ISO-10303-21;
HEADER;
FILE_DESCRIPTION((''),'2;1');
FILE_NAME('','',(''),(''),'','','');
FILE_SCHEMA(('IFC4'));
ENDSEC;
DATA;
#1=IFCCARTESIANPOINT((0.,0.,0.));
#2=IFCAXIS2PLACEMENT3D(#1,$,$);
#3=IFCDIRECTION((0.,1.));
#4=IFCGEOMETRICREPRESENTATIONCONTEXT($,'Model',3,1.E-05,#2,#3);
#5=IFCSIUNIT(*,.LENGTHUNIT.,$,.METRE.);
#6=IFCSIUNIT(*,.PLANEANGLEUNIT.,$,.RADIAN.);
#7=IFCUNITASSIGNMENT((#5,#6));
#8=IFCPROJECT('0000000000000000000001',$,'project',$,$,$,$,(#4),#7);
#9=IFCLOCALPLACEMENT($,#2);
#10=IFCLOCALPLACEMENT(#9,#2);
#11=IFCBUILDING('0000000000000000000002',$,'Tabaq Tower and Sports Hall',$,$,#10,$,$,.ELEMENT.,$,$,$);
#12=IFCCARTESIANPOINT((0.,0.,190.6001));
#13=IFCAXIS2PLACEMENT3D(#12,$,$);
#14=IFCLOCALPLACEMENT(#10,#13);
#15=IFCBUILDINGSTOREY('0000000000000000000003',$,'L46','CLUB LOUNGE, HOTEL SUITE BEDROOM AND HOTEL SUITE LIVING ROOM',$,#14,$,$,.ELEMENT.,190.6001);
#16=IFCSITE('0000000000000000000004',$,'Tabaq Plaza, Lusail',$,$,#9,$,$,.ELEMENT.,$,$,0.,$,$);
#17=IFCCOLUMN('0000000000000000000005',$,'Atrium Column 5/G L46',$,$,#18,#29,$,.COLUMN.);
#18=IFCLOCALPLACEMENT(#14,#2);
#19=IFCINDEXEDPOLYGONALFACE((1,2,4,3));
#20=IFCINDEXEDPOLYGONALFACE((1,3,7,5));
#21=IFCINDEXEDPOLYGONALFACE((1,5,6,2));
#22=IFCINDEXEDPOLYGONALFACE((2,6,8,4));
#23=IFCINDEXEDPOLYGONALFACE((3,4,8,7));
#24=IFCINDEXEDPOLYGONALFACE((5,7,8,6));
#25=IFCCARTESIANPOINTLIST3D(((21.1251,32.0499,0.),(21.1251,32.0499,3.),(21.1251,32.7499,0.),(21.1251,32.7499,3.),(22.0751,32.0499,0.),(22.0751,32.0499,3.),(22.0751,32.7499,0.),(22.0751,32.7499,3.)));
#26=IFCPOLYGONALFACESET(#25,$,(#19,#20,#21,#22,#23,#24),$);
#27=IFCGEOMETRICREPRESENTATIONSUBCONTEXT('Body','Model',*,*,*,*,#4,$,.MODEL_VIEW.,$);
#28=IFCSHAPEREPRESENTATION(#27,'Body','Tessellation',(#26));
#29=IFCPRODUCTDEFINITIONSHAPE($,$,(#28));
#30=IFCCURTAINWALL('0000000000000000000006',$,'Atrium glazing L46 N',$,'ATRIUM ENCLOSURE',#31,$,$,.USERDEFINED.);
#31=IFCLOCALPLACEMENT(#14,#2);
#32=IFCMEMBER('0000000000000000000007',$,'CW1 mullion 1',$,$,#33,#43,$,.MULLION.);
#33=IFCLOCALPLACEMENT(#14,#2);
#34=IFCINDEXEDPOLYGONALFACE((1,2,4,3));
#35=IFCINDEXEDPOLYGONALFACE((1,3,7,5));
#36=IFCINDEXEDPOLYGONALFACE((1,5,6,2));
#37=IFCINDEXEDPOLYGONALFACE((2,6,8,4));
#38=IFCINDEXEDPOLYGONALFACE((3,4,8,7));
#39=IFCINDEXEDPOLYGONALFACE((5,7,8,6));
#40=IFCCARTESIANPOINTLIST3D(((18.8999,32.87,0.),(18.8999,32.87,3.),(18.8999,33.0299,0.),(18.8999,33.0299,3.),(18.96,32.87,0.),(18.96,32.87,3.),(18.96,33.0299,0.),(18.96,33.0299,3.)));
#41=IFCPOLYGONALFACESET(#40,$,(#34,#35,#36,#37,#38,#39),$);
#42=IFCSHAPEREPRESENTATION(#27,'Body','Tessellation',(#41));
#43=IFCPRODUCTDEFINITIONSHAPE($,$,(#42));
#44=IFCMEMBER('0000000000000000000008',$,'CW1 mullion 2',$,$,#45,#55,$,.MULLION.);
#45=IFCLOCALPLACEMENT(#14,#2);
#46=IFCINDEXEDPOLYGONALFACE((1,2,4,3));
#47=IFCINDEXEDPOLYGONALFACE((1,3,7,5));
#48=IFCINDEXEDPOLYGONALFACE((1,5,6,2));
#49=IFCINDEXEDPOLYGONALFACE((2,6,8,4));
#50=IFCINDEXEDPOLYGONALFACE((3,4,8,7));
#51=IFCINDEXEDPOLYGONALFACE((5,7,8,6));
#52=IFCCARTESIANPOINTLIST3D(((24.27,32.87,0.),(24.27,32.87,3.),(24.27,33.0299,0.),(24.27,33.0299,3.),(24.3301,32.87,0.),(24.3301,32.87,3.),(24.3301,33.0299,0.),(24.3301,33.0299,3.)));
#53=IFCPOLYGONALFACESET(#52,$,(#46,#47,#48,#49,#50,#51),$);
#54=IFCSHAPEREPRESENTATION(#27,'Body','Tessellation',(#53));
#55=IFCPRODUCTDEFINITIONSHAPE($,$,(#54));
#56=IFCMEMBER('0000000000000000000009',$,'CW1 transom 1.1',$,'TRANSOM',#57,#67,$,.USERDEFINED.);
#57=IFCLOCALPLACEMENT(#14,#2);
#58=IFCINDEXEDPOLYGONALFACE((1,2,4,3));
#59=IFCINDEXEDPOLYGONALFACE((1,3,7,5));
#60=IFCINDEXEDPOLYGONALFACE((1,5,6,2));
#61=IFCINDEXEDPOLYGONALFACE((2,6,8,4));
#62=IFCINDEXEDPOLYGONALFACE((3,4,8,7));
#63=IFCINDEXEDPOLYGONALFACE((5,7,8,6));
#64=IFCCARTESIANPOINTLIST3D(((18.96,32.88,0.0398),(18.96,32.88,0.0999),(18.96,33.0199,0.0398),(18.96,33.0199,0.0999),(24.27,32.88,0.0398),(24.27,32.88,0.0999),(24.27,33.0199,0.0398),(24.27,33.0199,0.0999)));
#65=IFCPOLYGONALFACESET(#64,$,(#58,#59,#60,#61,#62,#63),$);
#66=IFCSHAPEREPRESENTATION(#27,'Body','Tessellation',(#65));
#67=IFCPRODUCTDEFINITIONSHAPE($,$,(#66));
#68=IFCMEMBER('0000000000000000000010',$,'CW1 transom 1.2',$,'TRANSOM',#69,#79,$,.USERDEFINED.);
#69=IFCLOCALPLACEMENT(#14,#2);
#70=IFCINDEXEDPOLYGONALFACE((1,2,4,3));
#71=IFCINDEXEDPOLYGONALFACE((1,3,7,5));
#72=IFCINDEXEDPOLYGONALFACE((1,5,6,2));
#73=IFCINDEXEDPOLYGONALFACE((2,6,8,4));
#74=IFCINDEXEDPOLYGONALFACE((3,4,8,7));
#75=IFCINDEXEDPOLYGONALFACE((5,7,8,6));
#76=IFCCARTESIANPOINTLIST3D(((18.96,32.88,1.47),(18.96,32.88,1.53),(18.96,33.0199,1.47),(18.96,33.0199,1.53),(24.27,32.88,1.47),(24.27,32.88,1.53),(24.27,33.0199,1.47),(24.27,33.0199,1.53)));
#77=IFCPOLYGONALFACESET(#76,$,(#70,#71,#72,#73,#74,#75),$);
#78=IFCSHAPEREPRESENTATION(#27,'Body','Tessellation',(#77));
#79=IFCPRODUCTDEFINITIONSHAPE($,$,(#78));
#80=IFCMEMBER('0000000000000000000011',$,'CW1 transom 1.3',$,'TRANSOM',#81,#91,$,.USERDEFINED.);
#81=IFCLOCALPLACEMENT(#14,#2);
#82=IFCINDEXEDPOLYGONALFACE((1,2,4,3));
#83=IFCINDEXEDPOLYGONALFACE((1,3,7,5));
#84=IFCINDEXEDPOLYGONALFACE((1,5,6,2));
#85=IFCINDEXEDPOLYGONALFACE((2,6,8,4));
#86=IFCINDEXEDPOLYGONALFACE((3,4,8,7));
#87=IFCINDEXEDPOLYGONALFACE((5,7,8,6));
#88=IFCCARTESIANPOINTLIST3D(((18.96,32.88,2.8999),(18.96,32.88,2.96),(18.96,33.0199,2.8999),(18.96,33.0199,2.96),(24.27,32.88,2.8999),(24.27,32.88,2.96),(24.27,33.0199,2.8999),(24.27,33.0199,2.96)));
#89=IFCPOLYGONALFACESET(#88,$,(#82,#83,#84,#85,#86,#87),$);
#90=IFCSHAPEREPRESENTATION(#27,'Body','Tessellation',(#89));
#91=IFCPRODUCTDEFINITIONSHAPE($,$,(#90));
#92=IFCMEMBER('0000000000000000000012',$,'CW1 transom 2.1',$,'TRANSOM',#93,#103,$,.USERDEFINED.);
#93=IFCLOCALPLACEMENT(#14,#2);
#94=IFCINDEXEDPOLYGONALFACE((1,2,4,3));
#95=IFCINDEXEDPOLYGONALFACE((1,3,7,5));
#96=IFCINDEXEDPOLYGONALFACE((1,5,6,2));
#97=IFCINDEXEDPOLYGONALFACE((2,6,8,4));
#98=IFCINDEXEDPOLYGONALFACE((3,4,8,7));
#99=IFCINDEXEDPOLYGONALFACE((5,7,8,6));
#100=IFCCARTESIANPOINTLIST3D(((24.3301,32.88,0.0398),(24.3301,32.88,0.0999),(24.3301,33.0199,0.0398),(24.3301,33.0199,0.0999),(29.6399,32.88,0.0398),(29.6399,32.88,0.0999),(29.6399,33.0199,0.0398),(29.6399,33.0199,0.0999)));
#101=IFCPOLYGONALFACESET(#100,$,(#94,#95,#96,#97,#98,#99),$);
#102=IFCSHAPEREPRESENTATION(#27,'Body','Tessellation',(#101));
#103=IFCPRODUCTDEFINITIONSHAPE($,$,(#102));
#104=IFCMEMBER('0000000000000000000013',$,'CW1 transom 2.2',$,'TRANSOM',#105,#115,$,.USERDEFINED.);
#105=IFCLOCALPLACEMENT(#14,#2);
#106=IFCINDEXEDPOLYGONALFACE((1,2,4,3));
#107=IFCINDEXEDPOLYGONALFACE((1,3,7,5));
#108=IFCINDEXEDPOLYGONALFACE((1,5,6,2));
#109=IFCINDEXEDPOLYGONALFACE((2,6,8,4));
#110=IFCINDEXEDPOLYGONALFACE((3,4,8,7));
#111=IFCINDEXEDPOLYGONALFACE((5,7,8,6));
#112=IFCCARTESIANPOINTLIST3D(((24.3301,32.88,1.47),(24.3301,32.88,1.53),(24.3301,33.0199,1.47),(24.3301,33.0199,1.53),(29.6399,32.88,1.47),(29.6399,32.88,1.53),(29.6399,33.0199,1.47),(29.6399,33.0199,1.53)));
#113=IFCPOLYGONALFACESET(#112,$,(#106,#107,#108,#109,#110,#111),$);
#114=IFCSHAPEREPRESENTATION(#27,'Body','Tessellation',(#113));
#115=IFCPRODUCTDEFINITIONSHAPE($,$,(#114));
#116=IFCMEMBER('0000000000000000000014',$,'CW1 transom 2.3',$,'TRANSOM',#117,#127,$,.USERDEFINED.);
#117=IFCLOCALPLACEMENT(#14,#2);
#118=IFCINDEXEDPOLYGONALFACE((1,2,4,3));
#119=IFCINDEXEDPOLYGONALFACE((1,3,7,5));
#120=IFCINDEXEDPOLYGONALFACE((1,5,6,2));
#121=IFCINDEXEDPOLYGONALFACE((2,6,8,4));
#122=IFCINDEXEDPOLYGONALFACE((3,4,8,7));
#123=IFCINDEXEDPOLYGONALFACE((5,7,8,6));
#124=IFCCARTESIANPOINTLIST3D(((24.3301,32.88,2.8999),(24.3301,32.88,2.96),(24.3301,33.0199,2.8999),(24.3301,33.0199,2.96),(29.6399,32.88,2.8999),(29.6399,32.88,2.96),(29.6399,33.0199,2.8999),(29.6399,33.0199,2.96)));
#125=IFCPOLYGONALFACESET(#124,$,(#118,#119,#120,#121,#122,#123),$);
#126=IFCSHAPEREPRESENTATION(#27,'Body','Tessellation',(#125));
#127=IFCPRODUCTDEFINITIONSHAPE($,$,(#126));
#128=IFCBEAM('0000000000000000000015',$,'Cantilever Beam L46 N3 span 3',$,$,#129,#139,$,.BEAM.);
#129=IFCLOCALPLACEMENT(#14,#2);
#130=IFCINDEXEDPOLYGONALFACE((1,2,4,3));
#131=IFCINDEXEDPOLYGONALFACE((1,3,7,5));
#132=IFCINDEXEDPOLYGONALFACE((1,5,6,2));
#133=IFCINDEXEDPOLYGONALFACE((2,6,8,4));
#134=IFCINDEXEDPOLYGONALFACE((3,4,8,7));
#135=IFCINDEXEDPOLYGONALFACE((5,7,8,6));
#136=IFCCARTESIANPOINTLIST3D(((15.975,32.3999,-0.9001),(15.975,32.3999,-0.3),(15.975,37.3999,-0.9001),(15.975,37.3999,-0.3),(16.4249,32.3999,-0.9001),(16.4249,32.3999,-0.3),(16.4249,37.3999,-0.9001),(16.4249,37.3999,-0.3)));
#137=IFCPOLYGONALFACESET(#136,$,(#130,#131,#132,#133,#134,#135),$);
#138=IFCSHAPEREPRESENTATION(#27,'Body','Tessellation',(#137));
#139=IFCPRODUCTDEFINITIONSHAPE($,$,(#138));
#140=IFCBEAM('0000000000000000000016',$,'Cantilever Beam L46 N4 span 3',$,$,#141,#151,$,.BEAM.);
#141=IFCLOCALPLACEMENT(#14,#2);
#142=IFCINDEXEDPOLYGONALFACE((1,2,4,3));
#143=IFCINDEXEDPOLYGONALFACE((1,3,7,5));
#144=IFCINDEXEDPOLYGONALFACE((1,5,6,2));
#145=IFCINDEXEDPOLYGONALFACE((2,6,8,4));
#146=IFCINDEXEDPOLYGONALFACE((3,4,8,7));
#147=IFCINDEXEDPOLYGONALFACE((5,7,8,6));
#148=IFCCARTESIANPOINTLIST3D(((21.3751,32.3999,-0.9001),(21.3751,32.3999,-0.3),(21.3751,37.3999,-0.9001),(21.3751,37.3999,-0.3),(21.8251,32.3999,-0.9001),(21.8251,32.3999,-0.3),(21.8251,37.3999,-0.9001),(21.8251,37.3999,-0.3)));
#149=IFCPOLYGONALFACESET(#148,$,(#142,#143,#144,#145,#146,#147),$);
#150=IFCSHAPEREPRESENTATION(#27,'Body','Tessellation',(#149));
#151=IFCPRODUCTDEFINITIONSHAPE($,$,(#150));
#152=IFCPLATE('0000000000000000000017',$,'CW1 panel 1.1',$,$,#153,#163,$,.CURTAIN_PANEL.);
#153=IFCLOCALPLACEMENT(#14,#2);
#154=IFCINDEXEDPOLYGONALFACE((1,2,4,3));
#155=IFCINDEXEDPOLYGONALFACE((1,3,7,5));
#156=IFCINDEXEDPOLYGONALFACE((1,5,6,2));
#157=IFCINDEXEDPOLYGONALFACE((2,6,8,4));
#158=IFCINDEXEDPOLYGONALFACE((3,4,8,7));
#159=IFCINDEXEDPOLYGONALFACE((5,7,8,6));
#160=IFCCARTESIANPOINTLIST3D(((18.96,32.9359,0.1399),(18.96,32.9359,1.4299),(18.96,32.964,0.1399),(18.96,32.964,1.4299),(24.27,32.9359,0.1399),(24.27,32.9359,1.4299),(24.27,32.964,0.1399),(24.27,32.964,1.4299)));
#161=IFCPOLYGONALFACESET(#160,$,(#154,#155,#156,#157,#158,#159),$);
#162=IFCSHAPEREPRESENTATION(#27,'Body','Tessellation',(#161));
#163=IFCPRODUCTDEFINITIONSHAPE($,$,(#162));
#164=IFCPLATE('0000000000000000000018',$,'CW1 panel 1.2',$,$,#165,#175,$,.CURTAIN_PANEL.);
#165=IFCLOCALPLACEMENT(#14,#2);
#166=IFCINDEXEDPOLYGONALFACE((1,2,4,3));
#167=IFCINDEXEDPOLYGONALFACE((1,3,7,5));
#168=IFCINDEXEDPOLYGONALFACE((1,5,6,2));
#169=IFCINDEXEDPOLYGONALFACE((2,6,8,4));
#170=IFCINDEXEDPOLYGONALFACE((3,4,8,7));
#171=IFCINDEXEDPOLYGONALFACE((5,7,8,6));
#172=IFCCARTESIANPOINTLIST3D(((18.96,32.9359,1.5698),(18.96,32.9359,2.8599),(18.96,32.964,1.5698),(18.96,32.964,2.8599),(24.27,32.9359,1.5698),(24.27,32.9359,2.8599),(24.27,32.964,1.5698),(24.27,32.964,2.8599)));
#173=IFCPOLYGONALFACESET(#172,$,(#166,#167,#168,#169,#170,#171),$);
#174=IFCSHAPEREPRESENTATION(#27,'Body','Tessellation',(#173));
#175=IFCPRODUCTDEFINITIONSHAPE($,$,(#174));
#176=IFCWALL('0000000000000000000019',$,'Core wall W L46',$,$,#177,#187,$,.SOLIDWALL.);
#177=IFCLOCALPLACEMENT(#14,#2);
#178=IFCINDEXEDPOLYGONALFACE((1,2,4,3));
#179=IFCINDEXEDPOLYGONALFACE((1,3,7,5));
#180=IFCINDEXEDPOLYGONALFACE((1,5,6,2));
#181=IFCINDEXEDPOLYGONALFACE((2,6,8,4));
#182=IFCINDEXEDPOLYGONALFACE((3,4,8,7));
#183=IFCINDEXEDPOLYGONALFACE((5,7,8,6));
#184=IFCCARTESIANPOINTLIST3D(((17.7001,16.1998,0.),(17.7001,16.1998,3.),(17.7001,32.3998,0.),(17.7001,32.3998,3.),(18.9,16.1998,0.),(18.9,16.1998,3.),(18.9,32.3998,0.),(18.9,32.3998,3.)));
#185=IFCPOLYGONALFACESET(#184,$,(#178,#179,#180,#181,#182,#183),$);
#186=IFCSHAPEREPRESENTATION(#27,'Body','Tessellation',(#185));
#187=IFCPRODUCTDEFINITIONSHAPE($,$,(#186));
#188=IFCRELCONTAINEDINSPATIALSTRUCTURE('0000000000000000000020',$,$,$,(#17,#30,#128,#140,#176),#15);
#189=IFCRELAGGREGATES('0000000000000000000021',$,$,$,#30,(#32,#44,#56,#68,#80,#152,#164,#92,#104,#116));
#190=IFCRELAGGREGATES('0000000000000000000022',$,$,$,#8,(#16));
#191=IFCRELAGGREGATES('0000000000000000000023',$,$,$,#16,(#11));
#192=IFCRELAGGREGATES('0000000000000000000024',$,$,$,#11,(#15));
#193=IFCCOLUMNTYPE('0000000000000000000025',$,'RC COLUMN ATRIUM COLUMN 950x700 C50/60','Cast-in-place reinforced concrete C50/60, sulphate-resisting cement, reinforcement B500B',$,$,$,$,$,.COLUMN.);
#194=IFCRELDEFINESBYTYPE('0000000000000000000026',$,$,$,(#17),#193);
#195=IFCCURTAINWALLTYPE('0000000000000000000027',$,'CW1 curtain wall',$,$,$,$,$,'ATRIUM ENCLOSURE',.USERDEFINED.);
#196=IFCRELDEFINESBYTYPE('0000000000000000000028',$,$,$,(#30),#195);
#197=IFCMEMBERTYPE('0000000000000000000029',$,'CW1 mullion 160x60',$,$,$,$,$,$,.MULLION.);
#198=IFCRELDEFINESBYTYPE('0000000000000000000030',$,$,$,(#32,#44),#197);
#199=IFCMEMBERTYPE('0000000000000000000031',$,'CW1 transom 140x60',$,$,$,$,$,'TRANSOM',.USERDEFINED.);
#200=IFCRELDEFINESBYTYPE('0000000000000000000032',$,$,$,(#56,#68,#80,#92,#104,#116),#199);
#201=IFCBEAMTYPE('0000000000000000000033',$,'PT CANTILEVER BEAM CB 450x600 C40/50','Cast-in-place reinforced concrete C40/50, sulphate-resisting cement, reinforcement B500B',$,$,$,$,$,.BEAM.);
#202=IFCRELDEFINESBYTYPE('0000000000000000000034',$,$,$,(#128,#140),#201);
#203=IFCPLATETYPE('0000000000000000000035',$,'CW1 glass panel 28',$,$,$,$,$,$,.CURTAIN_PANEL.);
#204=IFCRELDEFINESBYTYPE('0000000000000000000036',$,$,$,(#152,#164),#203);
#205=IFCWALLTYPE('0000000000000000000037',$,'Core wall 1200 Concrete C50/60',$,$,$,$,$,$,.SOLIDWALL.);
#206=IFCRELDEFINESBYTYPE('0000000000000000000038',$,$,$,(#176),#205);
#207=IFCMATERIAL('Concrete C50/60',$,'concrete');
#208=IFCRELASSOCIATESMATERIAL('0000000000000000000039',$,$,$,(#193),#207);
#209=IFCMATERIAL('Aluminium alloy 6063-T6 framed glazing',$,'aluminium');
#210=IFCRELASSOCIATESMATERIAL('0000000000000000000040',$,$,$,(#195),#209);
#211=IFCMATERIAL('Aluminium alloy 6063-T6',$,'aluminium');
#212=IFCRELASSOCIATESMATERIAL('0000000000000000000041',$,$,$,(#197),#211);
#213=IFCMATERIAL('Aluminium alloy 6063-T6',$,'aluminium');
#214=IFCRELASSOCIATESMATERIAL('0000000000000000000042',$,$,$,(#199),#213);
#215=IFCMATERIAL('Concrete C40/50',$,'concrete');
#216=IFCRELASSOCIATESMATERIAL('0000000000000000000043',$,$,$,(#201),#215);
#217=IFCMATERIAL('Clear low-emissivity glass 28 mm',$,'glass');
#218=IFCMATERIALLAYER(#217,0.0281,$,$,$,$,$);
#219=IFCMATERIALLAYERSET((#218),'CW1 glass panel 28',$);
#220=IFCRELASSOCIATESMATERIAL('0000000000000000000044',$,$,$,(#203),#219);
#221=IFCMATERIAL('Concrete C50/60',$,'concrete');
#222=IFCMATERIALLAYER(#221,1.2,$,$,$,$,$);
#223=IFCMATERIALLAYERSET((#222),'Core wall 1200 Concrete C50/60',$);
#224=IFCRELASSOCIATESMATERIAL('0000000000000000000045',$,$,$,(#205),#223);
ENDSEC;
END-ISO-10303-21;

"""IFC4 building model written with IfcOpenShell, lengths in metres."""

from ifc_helpers import new_model, si_unit, direction, frame, frame_2d, origin, origin_2d, place, context, subcontext, project, spatial, rectangle, extrude, material, layer, layer_set, material_profile, profile_set, type_object, element, aggregate, save


model = new_model("IFC4")

# Units and contexts
model_context = context("Model", 3, precision=1e-05, world=origin(), true_north=direction((0.0, 1.0)))
body_context = subcontext(model_context, "Body", "Model", "MODEL_VIEW")
ifc_project = project(units=[si_unit("LENGTHUNIT", "METRE"), si_unit("PLANEANGLEUNIT", "RADIAN")], contexts=[model_context])

# Site, building, storey
site_placement = place(None, origin())
site = spatial("IfcSite", under=ifc_project, at=site_placement, Name="Tabaq Plaza, Lusail", CompositionType="ELEMENT", RefElevation=0.0)
building_placement = place(site_placement, origin())
building = spatial("IfcBuilding", under=site, at=building_placement, Name="Tabaq Tower and Sports Hall", CompositionType="ELEMENT")
storey_placement = place(building_placement, frame((0.0, 0.0, 190.6001)))
storey = spatial("IfcBuildingStorey", under=building, at=storey_placement, Name="L46", Description="CLUB LOUNGE, HOTEL SUITE BEDROOM AND HOTEL SUITE LIVING ROOM", CompositionType="ELEMENT", Elevation=190.6001)

# Column
ifc_material_1 = material(Name="Concrete C50/60", Category="concrete")
ifc_material_profile_1 = material_profile(ifc_material_1, rectangle(XDim=0.95, YDim=0.7, at=origin_2d()), Name="ATRIUM COLUMN 950x700")
ifc_profile_set_1 = profile_set([ifc_material_profile_1], Name="Concrete C50/60")
column_type = type_object("IfcColumnType", Name="RC COLUMN ATRIUM COLUMN 950x700 C50/60", Description="Cast-in-place reinforced concrete C50/60, sulphate-resisting cement, reinforcement B500B", PredefinedType="COLUMN", material=ifc_profile_set_1)
column_placement = place(storey_placement, frame((21.6001, 32.3999, 0.0), z_axis=(0.0, 0.0, 1.0), x_axis=(1.0, 0.0, 0.0)))
element("IfcColumn", 1, at=column_placement, inside=storey, type_object=column_type, Name="Atrium Column 5/G L46", PredefinedType="COLUMN", context=body_context, shape_type="SweptSolid", body=[
    extrude(rectangle(XDim=0.95, YDim=0.7, at=origin_2d()), origin(), (0.0, 0.0, 1.0), 3.0),
])

# Curtain wall, members
ifc_material_2 = material(Name="Aluminium alloy 6063-T6 framed glazing", Category="aluminium")
curtain_wall_type = type_object("IfcCurtainWallType", Name="CW1 curtain wall", ElementType="ATRIUM ENCLOSURE", PredefinedType="USERDEFINED", material=ifc_material_2)
curtain_wall_placement = place(storey_placement, origin())
curtain_wall = element("IfcCurtainWall", 2, at=curtain_wall_placement, inside=storey, type_object=curtain_wall_type, Name="Atrium glazing L46 N", ObjectType="ATRIUM ENCLOSURE", PredefinedType="USERDEFINED")
ifc_material_3 = material(Name="Aluminium alloy 6063-T6", Category="aluminium")
ifc_material_profile_2 = material_profile(ifc_material_3, rectangle(XDim=0.1599, YDim=0.0601, at=origin_2d()), Name="MULLION 160x60")
ifc_profile_set_2 = profile_set([ifc_material_profile_2], Name="Aluminium alloy 6063-T6")
member_type_1 = type_object("IfcMemberType", Name="CW1 mullion 160x60", PredefinedType="MULLION", material=ifc_profile_set_2)
member_1_placement = place(storey_placement, frame((18.9299, 32.95, 0.0), z_axis=(0.0, 0.0, 1.0), x_axis=(0.0, 1.0, 0.0)))
member_1 = element("IfcMember", 3, at=member_1_placement, type_object=member_type_1, Name="CW1 mullion 1", PredefinedType="MULLION", context=body_context, shape_type="SweptSolid", body=[
    extrude(rectangle(XDim=0.1599, YDim=0.0601, at=origin_2d()), origin(), (0.0, 0.0, 1.0), 3.0),
])
member_2_placement = place(storey_placement, frame((24.3, 32.95, 0.0), z_axis=(0.0, 0.0, 1.0), x_axis=(0.0, 1.0, 0.0)))
member_2 = element("IfcMember", 4, at=member_2_placement, type_object=member_type_1, Name="CW1 mullion 2", PredefinedType="MULLION", context=body_context, shape_type="SweptSolid", body=[
    extrude(rectangle(XDim=0.1599, YDim=0.0601, at=origin_2d()), origin(), (0.0, 0.0, 1.0), 3.0),
])
ifc_material_4 = material(Name="Aluminium alloy 6063-T6", Category="aluminium")
ifc_material_profile_3 = material_profile(ifc_material_4, rectangle(XDim=0.1399, YDim=0.0601, at=origin_2d()), Name="TRANSOM 140x60")
ifc_profile_set_3 = profile_set([ifc_material_profile_3], Name="Aluminium alloy 6063-T6")
member_type_2 = type_object("IfcMemberType", Name="CW1 transom 140x60", ElementType="TRANSOM", PredefinedType="USERDEFINED", material=ifc_profile_set_3)
member_3_placement = place(storey_placement, frame((18.96, 32.95, 0.0698), z_axis=(1.0, 0.0, 0.0), x_axis=(0.0, 1.0, 0.0)))
member_3 = element("IfcMember", 5, at=member_3_placement, type_object=member_type_2, Name="CW1 transom 1.1", ObjectType="TRANSOM", PredefinedType="USERDEFINED", context=body_context, shape_type="SweptSolid", body=[
    extrude(rectangle(XDim=0.1399, YDim=0.0601, at=origin_2d()), origin(), (0.0, 0.0, 1.0), 5.3101),
])
member_4_placement = place(storey_placement, frame((18.96, 32.95, 1.5), z_axis=(1.0, 0.0, 0.0), x_axis=(0.0, 1.0, 0.0)))
member_4 = element("IfcMember", 6, at=member_4_placement, type_object=member_type_2, Name="CW1 transom 1.2", ObjectType="TRANSOM", PredefinedType="USERDEFINED", context=body_context, shape_type="SweptSolid", body=[
    extrude(rectangle(XDim=0.1399, YDim=0.0601, at=origin_2d()), origin(), (0.0, 0.0, 1.0), 5.3101),
])
member_5_placement = place(storey_placement, frame((18.96, 32.95, 2.9299), z_axis=(1.0, 0.0, 0.0), x_axis=(0.0, 1.0, 0.0)))
member_5 = element("IfcMember", 7, at=member_5_placement, type_object=member_type_2, Name="CW1 transom 1.3", ObjectType="TRANSOM", PredefinedType="USERDEFINED", context=body_context, shape_type="SweptSolid", body=[
    extrude(rectangle(XDim=0.1399, YDim=0.0601, at=origin_2d()), origin(), (0.0, 0.0, 1.0), 5.3101),
])
member_6_placement = place(storey_placement, frame((24.3301, 32.95, 0.0698), z_axis=(1.0, 0.0, 0.0), x_axis=(0.0, 1.0, 0.0)))
member_6 = element("IfcMember", 8, at=member_6_placement, type_object=member_type_2, Name="CW1 transom 2.1", ObjectType="TRANSOM", PredefinedType="USERDEFINED", context=body_context, shape_type="SweptSolid", body=[
    extrude(rectangle(XDim=0.1399, YDim=0.0601, at=origin_2d()), origin(), (0.0, 0.0, 1.0), 5.3098),
])
member_7_placement = place(storey_placement, frame((24.3301, 32.95, 1.5), z_axis=(1.0, 0.0, 0.0), x_axis=(0.0, 1.0, 0.0)))
member_7 = element("IfcMember", 9, at=member_7_placement, type_object=member_type_2, Name="CW1 transom 2.2", ObjectType="TRANSOM", PredefinedType="USERDEFINED", context=body_context, shape_type="SweptSolid", body=[
    extrude(rectangle(XDim=0.1399, YDim=0.0601, at=origin_2d()), origin(), (0.0, 0.0, 1.0), 5.3098),
])
member_8_placement = place(storey_placement, frame((24.3301, 32.95, 2.9299), z_axis=(1.0, 0.0, 0.0), x_axis=(0.0, 1.0, 0.0)))
member_8 = element("IfcMember", 10, at=member_8_placement, type_object=member_type_2, Name="CW1 transom 2.3", ObjectType="TRANSOM", PredefinedType="USERDEFINED", context=body_context, shape_type="SweptSolid", body=[
    extrude(rectangle(XDim=0.1399, YDim=0.0601, at=origin_2d()), origin(), (0.0, 0.0, 1.0), 5.3098),
])

# Beams
ifc_material_5 = material(Name="Concrete C40/50", Category="concrete")
ifc_material_profile_4 = material_profile(ifc_material_5, rectangle(XDim=0.45, YDim=0.6001, at=origin_2d()), Name="CB 450x600")
ifc_profile_set_4 = profile_set([ifc_material_profile_4], Name="Concrete C40/50")
beam_type = type_object("IfcBeamType", Name="PT CANTILEVER BEAM CB 450x600 C40/50", Description="Cast-in-place reinforced concrete C40/50, sulphate-resisting cement, reinforcement B500B", PredefinedType="BEAM", material=ifc_profile_set_4)
for number, where, z_axis, x_axis, name in (
    (11, (16.2, 37.3999, -0.6001), (0.0, -1.0, 0.0), (1.0, 0.0, 0.0), "Cantilever Beam L46 N3 span 3"),
    (12, (21.6001, 37.3999, -0.6001), (0.0, -1.0, 0.0), (1.0, 0.0, 0.0), "Cantilever Beam L46 N4 span 3"),
):
    element("IfcBeam", number, at=place(storey_placement, frame(where, z_axis=z_axis, x_axis=x_axis)), inside=storey, type_object=beam_type, Name=name, PredefinedType="BEAM", context=body_context, shape_type="SweptSolid", body=[
        extrude(rectangle(XDim=0.45, YDim=0.6001, at=origin_2d()), origin(), (0.0, 0.0, 1.0), 5.0),
    ])

# Plates
ifc_material_6 = material(Name="Clear low-emissivity glass 28 mm", Category="glass")
ifc_layer_1 = layer(ifc_material_6, 0.0281)
ifc_layer_set_1 = layer_set([ifc_layer_1], Name="CW1 glass panel 28")
plate_type = type_object("IfcPlateType", Name="CW1 glass panel 28", PredefinedType="CURTAIN_PANEL", material=ifc_layer_set_1)
plate_1_placement = place(storey_placement, frame((21.615, 32.95, 0.1399), z_axis=(0.0, 0.0, 1.0), x_axis=(1.0, 0.0, 0.0)))
plate_1 = element("IfcPlate", 13, at=plate_1_placement, type_object=plate_type, Name="CW1 panel 1.1", PredefinedType="CURTAIN_PANEL", context=body_context, shape_type="SweptSolid", body=[
    extrude(rectangle(XDim=5.3101, YDim=0.0281, at=origin_2d()), origin(), (0.0, 0.0, 1.0), 1.29),
])
plate_2_placement = place(storey_placement, frame((21.615, 32.95, 1.5698), z_axis=(0.0, 0.0, 1.0), x_axis=(1.0, 0.0, 0.0)))
plate_2 = element("IfcPlate", 14, at=plate_2_placement, type_object=plate_type, Name="CW1 panel 1.2", PredefinedType="CURTAIN_PANEL", context=body_context, shape_type="SweptSolid", body=[
    extrude(rectangle(XDim=5.3101, YDim=0.0281, at=origin_2d()), origin(), (0.0, 0.0, 1.0), 1.29),
])
aggregate(curtain_wall, [member_1, member_2, member_3, member_4, member_5, plate_1, plate_2, member_6, member_7, member_8])

# Wall
ifc_material_7 = material(Name="Concrete C50/60", Category="concrete")
ifc_layer_2 = layer(ifc_material_7, 1.2)
ifc_layer_set_2 = layer_set([ifc_layer_2], Name="Core wall 1200 Concrete C50/60")
wall_type_1 = type_object("IfcWallType", Name="Core wall 1200 Concrete C50/60", PredefinedType="SOLIDWALL", material=ifc_layer_set_2)
wall_1_placement = place(storey_placement, frame((18.3, 32.3999, 0.0), z_axis=(0.0, 0.0, 1.0), x_axis=(0.0, -1.0, 0.0)))
element("IfcWall", 15, at=wall_1_placement, inside=storey, type_object=wall_type_1, Name="Core wall W L46", PredefinedType="SOLIDWALL", context=body_context, shape_type="SweptSolid", body=[
    extrude(rectangle(XDim=16.2, YDim=1.2, at=frame_2d((8.1001, 0.0))), origin(), (0.0, 0.0, 1.0), 3.0),
])

save(model, "model.ifc")
